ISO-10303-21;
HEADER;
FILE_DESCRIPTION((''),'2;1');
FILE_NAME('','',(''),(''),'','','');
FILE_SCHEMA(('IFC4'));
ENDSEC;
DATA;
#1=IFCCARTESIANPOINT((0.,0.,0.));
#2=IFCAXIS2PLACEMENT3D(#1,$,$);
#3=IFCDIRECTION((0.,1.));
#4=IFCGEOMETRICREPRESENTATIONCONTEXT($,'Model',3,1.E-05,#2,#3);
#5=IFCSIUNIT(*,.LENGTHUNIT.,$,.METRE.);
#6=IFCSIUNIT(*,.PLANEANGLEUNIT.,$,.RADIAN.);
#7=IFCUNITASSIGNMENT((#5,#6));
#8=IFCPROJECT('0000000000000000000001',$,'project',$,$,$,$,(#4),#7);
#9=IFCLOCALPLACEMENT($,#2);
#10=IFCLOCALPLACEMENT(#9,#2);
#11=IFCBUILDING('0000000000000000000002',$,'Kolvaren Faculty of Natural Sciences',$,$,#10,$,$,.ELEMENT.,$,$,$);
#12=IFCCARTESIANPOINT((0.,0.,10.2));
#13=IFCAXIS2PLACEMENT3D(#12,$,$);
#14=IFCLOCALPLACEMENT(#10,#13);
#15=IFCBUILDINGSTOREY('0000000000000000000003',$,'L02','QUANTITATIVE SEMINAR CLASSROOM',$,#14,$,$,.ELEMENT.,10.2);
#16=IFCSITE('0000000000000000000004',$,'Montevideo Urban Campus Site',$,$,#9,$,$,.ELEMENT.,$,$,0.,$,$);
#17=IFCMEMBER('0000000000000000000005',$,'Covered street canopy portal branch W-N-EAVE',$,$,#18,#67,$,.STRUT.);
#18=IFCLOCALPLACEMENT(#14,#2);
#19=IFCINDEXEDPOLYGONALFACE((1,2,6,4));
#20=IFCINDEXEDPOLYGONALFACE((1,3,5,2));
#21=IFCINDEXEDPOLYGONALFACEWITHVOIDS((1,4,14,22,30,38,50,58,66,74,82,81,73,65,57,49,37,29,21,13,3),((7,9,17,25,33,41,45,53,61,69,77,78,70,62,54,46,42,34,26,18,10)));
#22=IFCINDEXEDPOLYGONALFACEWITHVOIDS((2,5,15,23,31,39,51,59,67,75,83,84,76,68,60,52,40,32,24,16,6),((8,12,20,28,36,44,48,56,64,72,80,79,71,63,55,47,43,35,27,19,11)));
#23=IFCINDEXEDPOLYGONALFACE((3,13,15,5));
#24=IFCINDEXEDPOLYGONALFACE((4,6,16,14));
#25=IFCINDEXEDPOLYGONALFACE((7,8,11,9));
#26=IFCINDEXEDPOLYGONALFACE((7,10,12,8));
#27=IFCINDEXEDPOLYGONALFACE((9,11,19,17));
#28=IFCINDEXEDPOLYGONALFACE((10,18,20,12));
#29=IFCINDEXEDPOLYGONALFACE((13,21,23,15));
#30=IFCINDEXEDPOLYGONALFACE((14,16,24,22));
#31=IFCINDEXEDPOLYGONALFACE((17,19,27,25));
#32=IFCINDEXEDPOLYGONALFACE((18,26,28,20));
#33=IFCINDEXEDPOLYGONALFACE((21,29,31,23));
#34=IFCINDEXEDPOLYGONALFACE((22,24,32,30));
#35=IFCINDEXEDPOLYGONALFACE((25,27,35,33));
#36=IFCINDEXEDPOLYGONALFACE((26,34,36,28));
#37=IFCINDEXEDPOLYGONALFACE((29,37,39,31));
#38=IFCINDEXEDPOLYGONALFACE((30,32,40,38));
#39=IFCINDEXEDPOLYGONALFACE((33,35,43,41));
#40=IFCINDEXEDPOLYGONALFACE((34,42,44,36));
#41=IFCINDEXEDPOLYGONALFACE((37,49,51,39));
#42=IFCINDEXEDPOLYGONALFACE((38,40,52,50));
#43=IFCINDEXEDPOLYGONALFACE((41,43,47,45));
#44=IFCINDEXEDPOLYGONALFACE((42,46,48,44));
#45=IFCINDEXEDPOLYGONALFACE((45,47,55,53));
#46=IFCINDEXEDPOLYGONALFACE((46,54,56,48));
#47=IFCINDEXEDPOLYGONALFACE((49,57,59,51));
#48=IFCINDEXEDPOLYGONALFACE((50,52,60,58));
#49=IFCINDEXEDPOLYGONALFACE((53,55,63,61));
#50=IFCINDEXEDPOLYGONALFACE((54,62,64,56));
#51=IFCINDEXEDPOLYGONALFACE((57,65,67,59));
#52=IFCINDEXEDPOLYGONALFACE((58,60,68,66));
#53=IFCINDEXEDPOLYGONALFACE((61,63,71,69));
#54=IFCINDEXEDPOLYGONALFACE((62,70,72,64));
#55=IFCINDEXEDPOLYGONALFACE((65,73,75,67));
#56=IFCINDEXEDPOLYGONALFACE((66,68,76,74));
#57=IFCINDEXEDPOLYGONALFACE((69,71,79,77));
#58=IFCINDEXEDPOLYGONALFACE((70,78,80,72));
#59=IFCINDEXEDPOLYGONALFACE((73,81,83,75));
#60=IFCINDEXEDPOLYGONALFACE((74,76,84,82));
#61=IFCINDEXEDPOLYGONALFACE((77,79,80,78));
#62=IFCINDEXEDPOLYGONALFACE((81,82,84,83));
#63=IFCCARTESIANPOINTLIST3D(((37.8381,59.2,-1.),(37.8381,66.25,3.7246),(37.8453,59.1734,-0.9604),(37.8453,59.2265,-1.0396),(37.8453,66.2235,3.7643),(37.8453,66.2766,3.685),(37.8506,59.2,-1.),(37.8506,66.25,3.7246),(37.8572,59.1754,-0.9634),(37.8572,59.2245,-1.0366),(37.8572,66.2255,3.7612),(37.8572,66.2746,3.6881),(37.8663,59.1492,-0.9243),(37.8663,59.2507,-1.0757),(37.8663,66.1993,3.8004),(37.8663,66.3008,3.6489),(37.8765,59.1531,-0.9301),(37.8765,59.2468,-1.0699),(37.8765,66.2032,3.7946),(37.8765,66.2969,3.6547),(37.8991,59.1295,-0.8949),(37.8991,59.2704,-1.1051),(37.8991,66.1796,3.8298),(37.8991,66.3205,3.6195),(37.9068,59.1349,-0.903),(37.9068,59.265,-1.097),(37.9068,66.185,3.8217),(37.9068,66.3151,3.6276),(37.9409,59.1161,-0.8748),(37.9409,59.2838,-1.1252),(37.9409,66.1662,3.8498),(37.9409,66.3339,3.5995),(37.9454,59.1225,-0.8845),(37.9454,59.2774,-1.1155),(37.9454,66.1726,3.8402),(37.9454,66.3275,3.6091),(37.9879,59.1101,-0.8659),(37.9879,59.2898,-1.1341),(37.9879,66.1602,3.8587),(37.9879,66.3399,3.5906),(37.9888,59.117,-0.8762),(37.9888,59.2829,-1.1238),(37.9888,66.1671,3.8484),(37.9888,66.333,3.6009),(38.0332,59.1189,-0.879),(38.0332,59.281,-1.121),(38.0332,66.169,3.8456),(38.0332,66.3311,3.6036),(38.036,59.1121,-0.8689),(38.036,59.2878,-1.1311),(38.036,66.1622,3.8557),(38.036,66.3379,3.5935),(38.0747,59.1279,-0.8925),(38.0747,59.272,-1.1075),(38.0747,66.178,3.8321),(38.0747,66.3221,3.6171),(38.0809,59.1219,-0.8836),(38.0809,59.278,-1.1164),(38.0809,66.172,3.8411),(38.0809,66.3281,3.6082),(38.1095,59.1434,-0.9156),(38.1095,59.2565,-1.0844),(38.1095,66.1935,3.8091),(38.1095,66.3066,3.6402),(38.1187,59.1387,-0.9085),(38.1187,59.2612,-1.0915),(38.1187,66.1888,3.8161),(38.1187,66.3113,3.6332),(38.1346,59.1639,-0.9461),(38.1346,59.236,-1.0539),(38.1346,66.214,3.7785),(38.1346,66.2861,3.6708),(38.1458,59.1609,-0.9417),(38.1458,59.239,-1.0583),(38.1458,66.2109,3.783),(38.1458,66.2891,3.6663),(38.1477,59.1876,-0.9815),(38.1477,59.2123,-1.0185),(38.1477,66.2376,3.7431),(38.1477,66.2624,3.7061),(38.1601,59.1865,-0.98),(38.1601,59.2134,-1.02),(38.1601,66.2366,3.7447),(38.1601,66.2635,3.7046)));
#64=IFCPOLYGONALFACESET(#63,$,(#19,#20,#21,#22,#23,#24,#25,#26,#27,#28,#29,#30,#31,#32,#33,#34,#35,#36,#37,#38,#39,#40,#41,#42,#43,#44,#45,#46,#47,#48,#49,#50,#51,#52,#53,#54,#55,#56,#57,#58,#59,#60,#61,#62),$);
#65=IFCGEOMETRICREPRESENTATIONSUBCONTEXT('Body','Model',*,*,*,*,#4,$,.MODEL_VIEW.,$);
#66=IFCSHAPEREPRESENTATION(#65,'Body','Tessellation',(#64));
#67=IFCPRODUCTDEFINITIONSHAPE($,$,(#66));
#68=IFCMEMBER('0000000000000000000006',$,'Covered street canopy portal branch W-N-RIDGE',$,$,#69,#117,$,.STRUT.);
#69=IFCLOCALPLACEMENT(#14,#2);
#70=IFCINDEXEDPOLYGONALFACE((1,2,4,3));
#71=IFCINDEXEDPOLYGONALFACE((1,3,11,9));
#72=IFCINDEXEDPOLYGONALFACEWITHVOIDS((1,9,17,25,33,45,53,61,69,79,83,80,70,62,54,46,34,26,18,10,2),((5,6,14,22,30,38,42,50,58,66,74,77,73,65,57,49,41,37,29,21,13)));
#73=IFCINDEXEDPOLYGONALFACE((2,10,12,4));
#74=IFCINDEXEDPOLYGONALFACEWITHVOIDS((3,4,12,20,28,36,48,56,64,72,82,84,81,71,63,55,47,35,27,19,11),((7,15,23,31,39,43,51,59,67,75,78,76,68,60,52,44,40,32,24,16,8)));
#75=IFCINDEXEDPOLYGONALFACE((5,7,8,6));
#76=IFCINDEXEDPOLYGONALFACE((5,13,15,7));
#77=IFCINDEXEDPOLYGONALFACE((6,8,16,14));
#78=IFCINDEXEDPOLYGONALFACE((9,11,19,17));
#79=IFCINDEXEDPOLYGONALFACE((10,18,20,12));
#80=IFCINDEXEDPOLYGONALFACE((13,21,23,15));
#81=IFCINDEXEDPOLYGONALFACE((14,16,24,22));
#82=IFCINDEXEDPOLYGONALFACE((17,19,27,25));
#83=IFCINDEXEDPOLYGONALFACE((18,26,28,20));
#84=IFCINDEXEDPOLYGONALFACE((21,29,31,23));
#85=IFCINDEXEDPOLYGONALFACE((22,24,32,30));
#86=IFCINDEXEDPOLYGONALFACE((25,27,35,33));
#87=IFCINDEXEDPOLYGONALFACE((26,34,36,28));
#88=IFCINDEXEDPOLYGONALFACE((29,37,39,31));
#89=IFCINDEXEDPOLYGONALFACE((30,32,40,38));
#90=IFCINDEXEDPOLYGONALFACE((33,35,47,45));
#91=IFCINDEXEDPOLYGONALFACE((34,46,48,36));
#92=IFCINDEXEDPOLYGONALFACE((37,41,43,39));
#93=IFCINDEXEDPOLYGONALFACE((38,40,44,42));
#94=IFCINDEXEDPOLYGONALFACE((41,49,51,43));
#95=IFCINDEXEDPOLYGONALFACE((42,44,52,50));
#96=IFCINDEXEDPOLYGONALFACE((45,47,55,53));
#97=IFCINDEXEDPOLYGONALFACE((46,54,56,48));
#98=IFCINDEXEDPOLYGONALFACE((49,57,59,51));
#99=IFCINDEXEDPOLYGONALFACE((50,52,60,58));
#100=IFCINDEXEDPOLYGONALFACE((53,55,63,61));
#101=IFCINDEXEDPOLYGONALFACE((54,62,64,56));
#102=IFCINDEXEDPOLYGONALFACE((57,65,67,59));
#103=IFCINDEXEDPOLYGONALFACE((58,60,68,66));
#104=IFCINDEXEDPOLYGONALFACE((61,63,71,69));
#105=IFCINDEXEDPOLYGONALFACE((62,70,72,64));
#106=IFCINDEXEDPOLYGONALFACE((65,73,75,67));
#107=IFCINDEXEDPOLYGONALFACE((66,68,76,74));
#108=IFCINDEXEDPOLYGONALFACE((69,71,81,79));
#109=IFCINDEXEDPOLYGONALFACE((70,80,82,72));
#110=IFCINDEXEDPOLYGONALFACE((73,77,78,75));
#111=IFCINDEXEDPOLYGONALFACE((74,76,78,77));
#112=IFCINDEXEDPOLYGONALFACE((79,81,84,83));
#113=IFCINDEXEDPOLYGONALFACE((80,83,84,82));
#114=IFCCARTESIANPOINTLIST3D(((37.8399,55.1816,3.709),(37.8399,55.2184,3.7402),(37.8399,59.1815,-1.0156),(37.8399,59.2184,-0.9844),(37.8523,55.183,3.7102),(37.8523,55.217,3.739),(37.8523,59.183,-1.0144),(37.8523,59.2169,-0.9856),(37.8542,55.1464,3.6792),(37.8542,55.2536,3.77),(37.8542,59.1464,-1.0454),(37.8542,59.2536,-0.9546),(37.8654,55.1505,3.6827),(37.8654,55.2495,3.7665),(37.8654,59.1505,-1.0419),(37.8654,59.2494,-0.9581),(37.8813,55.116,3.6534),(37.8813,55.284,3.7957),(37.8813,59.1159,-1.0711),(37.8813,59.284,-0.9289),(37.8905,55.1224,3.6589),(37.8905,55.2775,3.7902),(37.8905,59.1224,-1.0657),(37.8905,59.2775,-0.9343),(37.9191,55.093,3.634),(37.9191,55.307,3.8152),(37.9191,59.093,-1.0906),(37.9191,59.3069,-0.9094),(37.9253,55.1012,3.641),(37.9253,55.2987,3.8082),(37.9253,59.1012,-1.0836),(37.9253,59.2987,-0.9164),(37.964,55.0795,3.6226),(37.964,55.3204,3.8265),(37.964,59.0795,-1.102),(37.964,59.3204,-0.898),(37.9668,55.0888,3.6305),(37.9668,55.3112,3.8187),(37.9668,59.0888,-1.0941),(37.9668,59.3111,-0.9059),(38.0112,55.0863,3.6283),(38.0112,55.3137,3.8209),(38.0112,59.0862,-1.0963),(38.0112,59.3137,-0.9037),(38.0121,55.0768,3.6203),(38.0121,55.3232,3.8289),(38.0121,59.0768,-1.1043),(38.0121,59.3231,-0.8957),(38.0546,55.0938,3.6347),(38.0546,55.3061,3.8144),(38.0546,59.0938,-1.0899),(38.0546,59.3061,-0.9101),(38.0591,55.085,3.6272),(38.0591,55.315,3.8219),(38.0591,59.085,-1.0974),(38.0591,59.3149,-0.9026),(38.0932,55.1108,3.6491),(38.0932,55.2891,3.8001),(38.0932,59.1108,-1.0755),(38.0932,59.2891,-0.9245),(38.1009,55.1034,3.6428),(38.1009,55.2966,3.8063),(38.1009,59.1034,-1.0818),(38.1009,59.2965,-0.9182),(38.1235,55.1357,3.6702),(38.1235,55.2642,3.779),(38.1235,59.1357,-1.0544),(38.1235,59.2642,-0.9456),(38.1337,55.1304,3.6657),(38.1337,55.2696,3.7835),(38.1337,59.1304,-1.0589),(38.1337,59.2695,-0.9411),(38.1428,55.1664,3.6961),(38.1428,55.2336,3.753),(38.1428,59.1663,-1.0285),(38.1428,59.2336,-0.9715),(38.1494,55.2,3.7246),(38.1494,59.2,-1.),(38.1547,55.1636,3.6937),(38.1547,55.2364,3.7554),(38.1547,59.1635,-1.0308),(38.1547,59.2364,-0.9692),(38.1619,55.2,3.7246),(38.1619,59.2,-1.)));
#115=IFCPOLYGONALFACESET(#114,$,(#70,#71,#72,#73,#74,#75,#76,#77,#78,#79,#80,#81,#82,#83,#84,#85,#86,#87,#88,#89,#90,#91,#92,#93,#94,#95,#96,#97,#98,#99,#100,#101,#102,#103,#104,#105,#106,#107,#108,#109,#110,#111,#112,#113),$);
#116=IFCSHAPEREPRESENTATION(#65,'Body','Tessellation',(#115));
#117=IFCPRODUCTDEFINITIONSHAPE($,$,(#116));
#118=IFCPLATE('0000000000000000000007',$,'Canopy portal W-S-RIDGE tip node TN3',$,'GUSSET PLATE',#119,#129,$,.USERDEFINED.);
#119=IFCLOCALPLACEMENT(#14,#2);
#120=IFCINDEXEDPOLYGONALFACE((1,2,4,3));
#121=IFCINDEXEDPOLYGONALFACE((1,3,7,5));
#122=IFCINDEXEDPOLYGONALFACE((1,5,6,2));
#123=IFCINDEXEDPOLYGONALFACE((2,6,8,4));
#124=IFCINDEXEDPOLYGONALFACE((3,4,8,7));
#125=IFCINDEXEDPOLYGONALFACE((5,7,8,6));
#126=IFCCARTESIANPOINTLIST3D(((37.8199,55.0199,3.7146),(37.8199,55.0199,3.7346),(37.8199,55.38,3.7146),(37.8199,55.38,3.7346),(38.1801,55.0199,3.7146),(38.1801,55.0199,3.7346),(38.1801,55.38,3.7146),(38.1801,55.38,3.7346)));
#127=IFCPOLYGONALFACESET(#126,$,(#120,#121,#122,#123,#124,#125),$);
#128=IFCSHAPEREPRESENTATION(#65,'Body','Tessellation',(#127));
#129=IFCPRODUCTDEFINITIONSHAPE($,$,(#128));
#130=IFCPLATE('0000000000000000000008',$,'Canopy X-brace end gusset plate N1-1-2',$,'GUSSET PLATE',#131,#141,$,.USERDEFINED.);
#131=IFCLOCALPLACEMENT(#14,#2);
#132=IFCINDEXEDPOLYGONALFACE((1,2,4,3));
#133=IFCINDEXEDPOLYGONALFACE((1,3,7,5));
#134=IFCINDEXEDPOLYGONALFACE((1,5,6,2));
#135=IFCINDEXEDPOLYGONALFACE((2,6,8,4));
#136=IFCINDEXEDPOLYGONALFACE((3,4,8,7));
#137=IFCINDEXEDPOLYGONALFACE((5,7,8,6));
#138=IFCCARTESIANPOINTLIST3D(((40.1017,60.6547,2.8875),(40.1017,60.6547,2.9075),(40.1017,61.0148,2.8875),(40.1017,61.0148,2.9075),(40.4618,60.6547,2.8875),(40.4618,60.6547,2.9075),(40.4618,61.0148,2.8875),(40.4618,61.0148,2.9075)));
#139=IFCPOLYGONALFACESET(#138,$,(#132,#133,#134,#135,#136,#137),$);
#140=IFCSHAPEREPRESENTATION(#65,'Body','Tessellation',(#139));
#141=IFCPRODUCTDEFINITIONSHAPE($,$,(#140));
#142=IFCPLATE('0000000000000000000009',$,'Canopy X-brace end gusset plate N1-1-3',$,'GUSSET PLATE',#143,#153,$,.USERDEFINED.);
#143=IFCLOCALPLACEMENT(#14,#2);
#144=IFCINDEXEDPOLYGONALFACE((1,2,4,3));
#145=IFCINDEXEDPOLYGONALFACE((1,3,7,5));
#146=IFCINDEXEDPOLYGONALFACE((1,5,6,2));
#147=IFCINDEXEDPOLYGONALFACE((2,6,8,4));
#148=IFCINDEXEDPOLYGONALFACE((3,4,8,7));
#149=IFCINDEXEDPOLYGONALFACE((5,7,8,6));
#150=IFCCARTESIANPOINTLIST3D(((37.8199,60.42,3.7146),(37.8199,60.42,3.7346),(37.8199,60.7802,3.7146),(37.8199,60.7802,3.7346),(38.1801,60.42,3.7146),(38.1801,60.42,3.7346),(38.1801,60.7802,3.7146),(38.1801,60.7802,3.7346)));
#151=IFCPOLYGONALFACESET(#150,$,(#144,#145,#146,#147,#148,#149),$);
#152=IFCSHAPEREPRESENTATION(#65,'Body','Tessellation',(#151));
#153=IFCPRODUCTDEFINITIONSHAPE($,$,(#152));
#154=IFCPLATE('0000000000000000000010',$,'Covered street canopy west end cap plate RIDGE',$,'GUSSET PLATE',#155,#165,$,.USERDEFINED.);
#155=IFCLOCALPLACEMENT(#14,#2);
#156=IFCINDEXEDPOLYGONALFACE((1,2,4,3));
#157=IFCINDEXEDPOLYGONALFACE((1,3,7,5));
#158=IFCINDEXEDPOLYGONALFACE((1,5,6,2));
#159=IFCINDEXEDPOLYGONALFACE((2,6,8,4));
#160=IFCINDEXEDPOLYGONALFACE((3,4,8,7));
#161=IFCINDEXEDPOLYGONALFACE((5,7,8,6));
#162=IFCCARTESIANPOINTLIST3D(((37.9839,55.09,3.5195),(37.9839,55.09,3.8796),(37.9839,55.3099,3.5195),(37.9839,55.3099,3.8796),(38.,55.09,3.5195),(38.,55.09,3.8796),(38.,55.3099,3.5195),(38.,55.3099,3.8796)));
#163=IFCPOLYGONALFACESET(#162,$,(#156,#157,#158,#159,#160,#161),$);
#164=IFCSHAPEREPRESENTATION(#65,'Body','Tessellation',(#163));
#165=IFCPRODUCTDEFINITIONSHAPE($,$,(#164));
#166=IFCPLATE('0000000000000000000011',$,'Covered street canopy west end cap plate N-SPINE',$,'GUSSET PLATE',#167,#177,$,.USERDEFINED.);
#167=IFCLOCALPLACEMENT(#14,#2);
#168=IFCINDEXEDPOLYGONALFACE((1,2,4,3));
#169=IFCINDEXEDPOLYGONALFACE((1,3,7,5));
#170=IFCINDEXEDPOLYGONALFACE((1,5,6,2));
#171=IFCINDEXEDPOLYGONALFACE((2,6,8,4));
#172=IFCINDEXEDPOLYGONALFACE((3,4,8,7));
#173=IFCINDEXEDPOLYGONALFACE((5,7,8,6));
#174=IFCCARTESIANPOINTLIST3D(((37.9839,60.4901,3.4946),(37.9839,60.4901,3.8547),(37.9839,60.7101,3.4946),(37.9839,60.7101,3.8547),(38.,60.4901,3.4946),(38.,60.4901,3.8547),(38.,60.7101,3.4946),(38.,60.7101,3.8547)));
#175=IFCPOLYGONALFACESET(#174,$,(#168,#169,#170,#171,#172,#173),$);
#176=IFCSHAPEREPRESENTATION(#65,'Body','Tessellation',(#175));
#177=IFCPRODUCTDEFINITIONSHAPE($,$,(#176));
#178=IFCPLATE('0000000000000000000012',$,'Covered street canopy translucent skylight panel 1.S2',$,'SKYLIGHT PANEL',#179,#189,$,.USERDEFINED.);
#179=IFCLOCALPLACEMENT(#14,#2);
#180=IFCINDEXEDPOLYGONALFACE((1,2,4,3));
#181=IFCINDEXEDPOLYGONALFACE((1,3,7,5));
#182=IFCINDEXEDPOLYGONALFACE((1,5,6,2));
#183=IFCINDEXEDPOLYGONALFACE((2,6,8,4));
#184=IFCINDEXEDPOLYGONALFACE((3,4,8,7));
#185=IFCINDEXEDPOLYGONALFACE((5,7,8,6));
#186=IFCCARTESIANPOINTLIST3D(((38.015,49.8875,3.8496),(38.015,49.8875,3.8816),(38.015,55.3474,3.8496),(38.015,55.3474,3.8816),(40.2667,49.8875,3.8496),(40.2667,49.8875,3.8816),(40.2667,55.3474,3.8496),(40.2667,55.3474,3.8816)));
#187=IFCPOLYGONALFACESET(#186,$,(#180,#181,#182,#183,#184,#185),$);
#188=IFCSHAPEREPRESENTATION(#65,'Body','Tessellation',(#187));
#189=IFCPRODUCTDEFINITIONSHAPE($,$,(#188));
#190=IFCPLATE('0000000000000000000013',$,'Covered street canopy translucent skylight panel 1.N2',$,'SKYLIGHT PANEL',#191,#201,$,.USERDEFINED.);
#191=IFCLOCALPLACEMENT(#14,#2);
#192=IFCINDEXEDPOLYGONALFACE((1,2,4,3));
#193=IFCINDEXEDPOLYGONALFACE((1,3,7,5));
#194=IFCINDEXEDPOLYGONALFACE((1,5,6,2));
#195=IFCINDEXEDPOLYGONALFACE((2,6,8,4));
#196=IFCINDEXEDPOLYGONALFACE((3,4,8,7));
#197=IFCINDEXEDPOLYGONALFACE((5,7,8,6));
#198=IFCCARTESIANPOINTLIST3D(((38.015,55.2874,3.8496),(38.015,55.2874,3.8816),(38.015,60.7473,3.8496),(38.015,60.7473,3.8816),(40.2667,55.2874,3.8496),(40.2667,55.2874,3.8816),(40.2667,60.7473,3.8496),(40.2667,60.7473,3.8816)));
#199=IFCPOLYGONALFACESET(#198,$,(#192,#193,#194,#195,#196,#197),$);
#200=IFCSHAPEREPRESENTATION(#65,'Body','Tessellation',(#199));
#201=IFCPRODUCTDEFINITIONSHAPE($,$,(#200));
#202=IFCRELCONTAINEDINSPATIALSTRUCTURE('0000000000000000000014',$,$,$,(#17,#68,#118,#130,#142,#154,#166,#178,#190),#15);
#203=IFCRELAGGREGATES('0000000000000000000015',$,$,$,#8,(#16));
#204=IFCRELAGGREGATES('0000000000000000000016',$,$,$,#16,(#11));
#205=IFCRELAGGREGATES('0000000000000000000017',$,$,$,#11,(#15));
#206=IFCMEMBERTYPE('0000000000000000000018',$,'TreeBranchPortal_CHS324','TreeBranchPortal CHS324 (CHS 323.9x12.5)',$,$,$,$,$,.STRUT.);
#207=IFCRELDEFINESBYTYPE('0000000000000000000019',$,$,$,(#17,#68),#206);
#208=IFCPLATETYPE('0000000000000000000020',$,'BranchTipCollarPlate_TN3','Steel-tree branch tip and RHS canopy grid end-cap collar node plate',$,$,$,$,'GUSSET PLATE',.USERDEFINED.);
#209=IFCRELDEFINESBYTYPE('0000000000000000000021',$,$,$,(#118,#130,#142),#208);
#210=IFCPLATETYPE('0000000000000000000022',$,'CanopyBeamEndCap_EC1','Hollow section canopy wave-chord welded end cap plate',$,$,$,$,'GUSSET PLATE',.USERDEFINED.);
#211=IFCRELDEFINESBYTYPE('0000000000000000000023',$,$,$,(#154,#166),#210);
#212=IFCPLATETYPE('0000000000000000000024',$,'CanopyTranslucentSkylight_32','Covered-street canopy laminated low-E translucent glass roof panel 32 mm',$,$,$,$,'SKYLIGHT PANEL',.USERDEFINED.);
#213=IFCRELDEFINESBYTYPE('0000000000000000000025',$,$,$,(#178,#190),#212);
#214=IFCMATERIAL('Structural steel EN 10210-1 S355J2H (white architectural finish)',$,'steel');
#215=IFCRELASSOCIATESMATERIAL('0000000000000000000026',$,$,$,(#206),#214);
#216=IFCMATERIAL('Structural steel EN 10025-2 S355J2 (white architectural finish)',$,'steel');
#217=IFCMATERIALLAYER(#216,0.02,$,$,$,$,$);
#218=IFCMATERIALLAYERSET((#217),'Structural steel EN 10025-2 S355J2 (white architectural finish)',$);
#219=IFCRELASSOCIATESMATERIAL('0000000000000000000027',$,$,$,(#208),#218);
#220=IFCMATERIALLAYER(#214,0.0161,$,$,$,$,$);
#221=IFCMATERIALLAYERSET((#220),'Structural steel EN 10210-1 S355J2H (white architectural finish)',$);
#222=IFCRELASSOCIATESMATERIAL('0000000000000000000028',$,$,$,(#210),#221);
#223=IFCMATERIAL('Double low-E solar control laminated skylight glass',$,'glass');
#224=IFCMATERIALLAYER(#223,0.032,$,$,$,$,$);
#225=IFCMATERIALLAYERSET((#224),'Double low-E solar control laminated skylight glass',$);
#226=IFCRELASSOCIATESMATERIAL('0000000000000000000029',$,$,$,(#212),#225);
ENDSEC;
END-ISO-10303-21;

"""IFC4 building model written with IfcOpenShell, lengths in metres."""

from ifc_helpers import new_model, si_unit, direction, frame, origin, origin_2d, place, context, subcontext, project, spatial, rectangle, hollow_circle, extrude, material, layer, layer_set, material_profile, profile_set, type_object, element, save


model = new_model("IFC4")

# Units and contexts
model_context = context("Model", 3, precision=1e-05, world=origin(), true_north=direction((0.0, 1.0)))
body_context = subcontext(model_context, "Body", "Model", "MODEL_VIEW")
ifc_project = project(units=[si_unit("LENGTHUNIT", "METRE"), si_unit("PLANEANGLEUNIT", "RADIAN")], contexts=[model_context])

# Site, building, storey
site_placement = place(None, origin())
site = spatial("IfcSite", under=ifc_project, at=site_placement, Name="Montevideo Urban Campus Site", CompositionType="ELEMENT", RefElevation=0.0)
building_placement = place(site_placement, origin())
building = spatial("IfcBuilding", under=site, at=building_placement, Name="Kolvaren Faculty of Natural Sciences", CompositionType="ELEMENT")
storey_placement = place(building_placement, frame((0.0, 0.0, 10.2)))
storey = spatial("IfcBuildingStorey", under=building, at=storey_placement, Name="L02", Description="QUANTITATIVE SEMINAR CLASSROOM", CompositionType="ELEMENT", Elevation=10.2)

# Shared definitions
ifc_material_1 = material(Name="Structural steel EN 10210-1 S355J2H (white architectural finish)", Category="steel")

# Members
ifc_material_profile_1 = material_profile(ifc_material_1, hollow_circle(Radius=0.1619, WallThickness=0.0125, at=origin_2d()), Name="CHS 323.9x12.5")
ifc_profile_set_1 = profile_set([ifc_material_profile_1], Name="Structural steel EN 10210-1 S355J2H (white architectural finish)")
member_type_1 = type_object("IfcMemberType", Name="TreeBranchPortal_CHS324", Description="TreeBranchPortal CHS324 (CHS 323.9x12.5)", PredefinedType="STRUT", material=ifc_profile_set_1)
member_1_placement = place(storey_placement, frame((38.0, 59.2, -1.0), z_axis=(0.0, 0.830711, 0.556703), x_axis=(-1.0, 0.0, 0.0)))
element("IfcMember", 1, at=member_1_placement, inside=storey, type_object=member_type_1, Name="Covered street canopy portal branch W-N-EAVE", PredefinedType="STRUT", context=body_context, shape_type="SweptSolid", body=[
    extrude(hollow_circle(Radius=0.1619, WallThickness=0.0125, at=origin_2d()), origin(), (0.0, 0.0, 1.0), 8.4868),
])
member_2_placement = place(storey_placement, frame((38.0, 59.2, -1.0), z_axis=(0.0, -0.646154, 0.763207), x_axis=(1.0, 0.0, 0.0)))
element("IfcMember", 2, at=member_2_placement, inside=storey, type_object=member_type_1, Name="Covered street canopy portal branch W-N-RIDGE", PredefinedType="STRUT", context=body_context, shape_type="SweptSolid", body=[
    extrude(hollow_circle(Radius=0.1619, WallThickness=0.0125, at=origin_2d()), origin(), (0.0, 0.0, 1.0), 6.1904),
])

# Plates
ifc_material_2 = material(Name="Structural steel EN 10025-2 S355J2 (white architectural finish)", Category="steel")
ifc_layer_1 = layer(ifc_material_2, 0.02)
ifc_layer_set_1 = layer_set([ifc_layer_1], Name="Structural steel EN 10025-2 S355J2 (white architectural finish)")
plate_type_1 = type_object("IfcPlateType", Name="BranchTipCollarPlate_TN3", Description="Steel-tree branch tip and RHS canopy grid end-cap collar node plate", ElementType="GUSSET PLATE", PredefinedType="USERDEFINED", material=ifc_layer_set_1)
for number, where, z_axis, x_axis, name in (
    (3, (38.0, 55.2, 3.7146), (0.0, 0.0, 1.0), (1.0, 0.0, 0.0), "Canopy portal W-S-RIDGE tip node TN3"),
    (4, (40.2817, 60.8347, 2.8875), (0.0, 0.0, 1.0), (1.0, 0.0, 0.0), "Canopy X-brace end gusset plate N1-1-2"),
    (5, (38.0, 60.6001, 3.7146), (0.0, 0.0, 1.0), (1.0, 0.0, 0.0), "Canopy X-brace end gusset plate N1-1-3"),
):
    element("IfcPlate", number, at=place(storey_placement, frame(where, z_axis=z_axis, x_axis=x_axis)), inside=storey, type_object=plate_type_1, Name=name, ObjectType="GUSSET PLATE", PredefinedType="USERDEFINED", context=body_context, shape_type="SweptSolid", body=[
        extrude(rectangle(XDim=0.3601, YDim=0.3601, at=origin_2d()), origin(), (0.0, 0.0, 1.0), 0.02),
    ])
ifc_layer_2 = layer(ifc_material_1, 0.0161)
ifc_layer_set_2 = layer_set([ifc_layer_2], Name="Structural steel EN 10210-1 S355J2H (white architectural finish)")
plate_type_2 = type_object("IfcPlateType", Name="CanopyBeamEndCap_EC1", Description="Hollow section canopy wave-chord welded end cap plate", ElementType="GUSSET PLATE", PredefinedType="USERDEFINED", material=ifc_layer_set_2)
for number, where, z_axis, x_axis, name in (
    (6, (37.9919, 55.2, 3.5195), (0.0, 0.0, 1.0), (1.0, 0.0, 0.0), "Covered street canopy west end cap plate RIDGE"),
    (7, (37.9919, 60.6001, 3.4946), (0.0, 0.0, 1.0), (1.0, 0.0, 0.0), "Covered street canopy west end cap plate N-SPINE"),
):
    element("IfcPlate", number, at=place(storey_placement, frame(where, z_axis=z_axis, x_axis=x_axis)), inside=storey, type_object=plate_type_2, Name=name, ObjectType="GUSSET PLATE", PredefinedType="USERDEFINED", context=body_context, shape_type="SweptSolid", body=[
        extrude(rectangle(XDim=0.0161, YDim=0.22, at=origin_2d()), origin(), (0.0, 0.0, 1.0), 0.3601),
    ])
ifc_material_3 = material(Name="Double low-E solar control laminated skylight glass", Category="glass")
ifc_layer_3 = layer(ifc_material_3, 0.032)
ifc_layer_set_3 = layer_set([ifc_layer_3], Name="Double low-E solar control laminated skylight glass")
plate_type_3 = type_object("IfcPlateType", Name="CanopyTranslucentSkylight_32", Description="Covered-street canopy laminated low-E translucent glass roof panel 32 mm", ElementType="SKYLIGHT PANEL", PredefinedType="USERDEFINED", material=ifc_layer_set_3)
for number, where, z_axis, x_axis, name in (
    (8, (39.1409, 52.6174, 3.8496), (0.0, 0.0, 1.0), (1.0, 0.0, 0.0), "Covered street canopy translucent skylight panel 1.S2"),
    (9, (39.1409, 58.0173, 3.8496), (0.0, 0.0, 1.0), (1.0, 0.0, 0.0), "Covered street canopy translucent skylight panel 1.N2"),
):
    element("IfcPlate", number, at=place(storey_placement, frame(where, z_axis=z_axis, x_axis=x_axis)), inside=storey, type_object=plate_type_3, Name=name, ObjectType="SKYLIGHT PANEL", PredefinedType="USERDEFINED", context=body_context, shape_type="SweptSolid", body=[
        extrude(rectangle(XDim=2.2517, YDim=5.46, at=origin_2d()), origin(), (0.0, 0.0, 1.0), 0.032),
    ])

save(model, "model.ifc")
